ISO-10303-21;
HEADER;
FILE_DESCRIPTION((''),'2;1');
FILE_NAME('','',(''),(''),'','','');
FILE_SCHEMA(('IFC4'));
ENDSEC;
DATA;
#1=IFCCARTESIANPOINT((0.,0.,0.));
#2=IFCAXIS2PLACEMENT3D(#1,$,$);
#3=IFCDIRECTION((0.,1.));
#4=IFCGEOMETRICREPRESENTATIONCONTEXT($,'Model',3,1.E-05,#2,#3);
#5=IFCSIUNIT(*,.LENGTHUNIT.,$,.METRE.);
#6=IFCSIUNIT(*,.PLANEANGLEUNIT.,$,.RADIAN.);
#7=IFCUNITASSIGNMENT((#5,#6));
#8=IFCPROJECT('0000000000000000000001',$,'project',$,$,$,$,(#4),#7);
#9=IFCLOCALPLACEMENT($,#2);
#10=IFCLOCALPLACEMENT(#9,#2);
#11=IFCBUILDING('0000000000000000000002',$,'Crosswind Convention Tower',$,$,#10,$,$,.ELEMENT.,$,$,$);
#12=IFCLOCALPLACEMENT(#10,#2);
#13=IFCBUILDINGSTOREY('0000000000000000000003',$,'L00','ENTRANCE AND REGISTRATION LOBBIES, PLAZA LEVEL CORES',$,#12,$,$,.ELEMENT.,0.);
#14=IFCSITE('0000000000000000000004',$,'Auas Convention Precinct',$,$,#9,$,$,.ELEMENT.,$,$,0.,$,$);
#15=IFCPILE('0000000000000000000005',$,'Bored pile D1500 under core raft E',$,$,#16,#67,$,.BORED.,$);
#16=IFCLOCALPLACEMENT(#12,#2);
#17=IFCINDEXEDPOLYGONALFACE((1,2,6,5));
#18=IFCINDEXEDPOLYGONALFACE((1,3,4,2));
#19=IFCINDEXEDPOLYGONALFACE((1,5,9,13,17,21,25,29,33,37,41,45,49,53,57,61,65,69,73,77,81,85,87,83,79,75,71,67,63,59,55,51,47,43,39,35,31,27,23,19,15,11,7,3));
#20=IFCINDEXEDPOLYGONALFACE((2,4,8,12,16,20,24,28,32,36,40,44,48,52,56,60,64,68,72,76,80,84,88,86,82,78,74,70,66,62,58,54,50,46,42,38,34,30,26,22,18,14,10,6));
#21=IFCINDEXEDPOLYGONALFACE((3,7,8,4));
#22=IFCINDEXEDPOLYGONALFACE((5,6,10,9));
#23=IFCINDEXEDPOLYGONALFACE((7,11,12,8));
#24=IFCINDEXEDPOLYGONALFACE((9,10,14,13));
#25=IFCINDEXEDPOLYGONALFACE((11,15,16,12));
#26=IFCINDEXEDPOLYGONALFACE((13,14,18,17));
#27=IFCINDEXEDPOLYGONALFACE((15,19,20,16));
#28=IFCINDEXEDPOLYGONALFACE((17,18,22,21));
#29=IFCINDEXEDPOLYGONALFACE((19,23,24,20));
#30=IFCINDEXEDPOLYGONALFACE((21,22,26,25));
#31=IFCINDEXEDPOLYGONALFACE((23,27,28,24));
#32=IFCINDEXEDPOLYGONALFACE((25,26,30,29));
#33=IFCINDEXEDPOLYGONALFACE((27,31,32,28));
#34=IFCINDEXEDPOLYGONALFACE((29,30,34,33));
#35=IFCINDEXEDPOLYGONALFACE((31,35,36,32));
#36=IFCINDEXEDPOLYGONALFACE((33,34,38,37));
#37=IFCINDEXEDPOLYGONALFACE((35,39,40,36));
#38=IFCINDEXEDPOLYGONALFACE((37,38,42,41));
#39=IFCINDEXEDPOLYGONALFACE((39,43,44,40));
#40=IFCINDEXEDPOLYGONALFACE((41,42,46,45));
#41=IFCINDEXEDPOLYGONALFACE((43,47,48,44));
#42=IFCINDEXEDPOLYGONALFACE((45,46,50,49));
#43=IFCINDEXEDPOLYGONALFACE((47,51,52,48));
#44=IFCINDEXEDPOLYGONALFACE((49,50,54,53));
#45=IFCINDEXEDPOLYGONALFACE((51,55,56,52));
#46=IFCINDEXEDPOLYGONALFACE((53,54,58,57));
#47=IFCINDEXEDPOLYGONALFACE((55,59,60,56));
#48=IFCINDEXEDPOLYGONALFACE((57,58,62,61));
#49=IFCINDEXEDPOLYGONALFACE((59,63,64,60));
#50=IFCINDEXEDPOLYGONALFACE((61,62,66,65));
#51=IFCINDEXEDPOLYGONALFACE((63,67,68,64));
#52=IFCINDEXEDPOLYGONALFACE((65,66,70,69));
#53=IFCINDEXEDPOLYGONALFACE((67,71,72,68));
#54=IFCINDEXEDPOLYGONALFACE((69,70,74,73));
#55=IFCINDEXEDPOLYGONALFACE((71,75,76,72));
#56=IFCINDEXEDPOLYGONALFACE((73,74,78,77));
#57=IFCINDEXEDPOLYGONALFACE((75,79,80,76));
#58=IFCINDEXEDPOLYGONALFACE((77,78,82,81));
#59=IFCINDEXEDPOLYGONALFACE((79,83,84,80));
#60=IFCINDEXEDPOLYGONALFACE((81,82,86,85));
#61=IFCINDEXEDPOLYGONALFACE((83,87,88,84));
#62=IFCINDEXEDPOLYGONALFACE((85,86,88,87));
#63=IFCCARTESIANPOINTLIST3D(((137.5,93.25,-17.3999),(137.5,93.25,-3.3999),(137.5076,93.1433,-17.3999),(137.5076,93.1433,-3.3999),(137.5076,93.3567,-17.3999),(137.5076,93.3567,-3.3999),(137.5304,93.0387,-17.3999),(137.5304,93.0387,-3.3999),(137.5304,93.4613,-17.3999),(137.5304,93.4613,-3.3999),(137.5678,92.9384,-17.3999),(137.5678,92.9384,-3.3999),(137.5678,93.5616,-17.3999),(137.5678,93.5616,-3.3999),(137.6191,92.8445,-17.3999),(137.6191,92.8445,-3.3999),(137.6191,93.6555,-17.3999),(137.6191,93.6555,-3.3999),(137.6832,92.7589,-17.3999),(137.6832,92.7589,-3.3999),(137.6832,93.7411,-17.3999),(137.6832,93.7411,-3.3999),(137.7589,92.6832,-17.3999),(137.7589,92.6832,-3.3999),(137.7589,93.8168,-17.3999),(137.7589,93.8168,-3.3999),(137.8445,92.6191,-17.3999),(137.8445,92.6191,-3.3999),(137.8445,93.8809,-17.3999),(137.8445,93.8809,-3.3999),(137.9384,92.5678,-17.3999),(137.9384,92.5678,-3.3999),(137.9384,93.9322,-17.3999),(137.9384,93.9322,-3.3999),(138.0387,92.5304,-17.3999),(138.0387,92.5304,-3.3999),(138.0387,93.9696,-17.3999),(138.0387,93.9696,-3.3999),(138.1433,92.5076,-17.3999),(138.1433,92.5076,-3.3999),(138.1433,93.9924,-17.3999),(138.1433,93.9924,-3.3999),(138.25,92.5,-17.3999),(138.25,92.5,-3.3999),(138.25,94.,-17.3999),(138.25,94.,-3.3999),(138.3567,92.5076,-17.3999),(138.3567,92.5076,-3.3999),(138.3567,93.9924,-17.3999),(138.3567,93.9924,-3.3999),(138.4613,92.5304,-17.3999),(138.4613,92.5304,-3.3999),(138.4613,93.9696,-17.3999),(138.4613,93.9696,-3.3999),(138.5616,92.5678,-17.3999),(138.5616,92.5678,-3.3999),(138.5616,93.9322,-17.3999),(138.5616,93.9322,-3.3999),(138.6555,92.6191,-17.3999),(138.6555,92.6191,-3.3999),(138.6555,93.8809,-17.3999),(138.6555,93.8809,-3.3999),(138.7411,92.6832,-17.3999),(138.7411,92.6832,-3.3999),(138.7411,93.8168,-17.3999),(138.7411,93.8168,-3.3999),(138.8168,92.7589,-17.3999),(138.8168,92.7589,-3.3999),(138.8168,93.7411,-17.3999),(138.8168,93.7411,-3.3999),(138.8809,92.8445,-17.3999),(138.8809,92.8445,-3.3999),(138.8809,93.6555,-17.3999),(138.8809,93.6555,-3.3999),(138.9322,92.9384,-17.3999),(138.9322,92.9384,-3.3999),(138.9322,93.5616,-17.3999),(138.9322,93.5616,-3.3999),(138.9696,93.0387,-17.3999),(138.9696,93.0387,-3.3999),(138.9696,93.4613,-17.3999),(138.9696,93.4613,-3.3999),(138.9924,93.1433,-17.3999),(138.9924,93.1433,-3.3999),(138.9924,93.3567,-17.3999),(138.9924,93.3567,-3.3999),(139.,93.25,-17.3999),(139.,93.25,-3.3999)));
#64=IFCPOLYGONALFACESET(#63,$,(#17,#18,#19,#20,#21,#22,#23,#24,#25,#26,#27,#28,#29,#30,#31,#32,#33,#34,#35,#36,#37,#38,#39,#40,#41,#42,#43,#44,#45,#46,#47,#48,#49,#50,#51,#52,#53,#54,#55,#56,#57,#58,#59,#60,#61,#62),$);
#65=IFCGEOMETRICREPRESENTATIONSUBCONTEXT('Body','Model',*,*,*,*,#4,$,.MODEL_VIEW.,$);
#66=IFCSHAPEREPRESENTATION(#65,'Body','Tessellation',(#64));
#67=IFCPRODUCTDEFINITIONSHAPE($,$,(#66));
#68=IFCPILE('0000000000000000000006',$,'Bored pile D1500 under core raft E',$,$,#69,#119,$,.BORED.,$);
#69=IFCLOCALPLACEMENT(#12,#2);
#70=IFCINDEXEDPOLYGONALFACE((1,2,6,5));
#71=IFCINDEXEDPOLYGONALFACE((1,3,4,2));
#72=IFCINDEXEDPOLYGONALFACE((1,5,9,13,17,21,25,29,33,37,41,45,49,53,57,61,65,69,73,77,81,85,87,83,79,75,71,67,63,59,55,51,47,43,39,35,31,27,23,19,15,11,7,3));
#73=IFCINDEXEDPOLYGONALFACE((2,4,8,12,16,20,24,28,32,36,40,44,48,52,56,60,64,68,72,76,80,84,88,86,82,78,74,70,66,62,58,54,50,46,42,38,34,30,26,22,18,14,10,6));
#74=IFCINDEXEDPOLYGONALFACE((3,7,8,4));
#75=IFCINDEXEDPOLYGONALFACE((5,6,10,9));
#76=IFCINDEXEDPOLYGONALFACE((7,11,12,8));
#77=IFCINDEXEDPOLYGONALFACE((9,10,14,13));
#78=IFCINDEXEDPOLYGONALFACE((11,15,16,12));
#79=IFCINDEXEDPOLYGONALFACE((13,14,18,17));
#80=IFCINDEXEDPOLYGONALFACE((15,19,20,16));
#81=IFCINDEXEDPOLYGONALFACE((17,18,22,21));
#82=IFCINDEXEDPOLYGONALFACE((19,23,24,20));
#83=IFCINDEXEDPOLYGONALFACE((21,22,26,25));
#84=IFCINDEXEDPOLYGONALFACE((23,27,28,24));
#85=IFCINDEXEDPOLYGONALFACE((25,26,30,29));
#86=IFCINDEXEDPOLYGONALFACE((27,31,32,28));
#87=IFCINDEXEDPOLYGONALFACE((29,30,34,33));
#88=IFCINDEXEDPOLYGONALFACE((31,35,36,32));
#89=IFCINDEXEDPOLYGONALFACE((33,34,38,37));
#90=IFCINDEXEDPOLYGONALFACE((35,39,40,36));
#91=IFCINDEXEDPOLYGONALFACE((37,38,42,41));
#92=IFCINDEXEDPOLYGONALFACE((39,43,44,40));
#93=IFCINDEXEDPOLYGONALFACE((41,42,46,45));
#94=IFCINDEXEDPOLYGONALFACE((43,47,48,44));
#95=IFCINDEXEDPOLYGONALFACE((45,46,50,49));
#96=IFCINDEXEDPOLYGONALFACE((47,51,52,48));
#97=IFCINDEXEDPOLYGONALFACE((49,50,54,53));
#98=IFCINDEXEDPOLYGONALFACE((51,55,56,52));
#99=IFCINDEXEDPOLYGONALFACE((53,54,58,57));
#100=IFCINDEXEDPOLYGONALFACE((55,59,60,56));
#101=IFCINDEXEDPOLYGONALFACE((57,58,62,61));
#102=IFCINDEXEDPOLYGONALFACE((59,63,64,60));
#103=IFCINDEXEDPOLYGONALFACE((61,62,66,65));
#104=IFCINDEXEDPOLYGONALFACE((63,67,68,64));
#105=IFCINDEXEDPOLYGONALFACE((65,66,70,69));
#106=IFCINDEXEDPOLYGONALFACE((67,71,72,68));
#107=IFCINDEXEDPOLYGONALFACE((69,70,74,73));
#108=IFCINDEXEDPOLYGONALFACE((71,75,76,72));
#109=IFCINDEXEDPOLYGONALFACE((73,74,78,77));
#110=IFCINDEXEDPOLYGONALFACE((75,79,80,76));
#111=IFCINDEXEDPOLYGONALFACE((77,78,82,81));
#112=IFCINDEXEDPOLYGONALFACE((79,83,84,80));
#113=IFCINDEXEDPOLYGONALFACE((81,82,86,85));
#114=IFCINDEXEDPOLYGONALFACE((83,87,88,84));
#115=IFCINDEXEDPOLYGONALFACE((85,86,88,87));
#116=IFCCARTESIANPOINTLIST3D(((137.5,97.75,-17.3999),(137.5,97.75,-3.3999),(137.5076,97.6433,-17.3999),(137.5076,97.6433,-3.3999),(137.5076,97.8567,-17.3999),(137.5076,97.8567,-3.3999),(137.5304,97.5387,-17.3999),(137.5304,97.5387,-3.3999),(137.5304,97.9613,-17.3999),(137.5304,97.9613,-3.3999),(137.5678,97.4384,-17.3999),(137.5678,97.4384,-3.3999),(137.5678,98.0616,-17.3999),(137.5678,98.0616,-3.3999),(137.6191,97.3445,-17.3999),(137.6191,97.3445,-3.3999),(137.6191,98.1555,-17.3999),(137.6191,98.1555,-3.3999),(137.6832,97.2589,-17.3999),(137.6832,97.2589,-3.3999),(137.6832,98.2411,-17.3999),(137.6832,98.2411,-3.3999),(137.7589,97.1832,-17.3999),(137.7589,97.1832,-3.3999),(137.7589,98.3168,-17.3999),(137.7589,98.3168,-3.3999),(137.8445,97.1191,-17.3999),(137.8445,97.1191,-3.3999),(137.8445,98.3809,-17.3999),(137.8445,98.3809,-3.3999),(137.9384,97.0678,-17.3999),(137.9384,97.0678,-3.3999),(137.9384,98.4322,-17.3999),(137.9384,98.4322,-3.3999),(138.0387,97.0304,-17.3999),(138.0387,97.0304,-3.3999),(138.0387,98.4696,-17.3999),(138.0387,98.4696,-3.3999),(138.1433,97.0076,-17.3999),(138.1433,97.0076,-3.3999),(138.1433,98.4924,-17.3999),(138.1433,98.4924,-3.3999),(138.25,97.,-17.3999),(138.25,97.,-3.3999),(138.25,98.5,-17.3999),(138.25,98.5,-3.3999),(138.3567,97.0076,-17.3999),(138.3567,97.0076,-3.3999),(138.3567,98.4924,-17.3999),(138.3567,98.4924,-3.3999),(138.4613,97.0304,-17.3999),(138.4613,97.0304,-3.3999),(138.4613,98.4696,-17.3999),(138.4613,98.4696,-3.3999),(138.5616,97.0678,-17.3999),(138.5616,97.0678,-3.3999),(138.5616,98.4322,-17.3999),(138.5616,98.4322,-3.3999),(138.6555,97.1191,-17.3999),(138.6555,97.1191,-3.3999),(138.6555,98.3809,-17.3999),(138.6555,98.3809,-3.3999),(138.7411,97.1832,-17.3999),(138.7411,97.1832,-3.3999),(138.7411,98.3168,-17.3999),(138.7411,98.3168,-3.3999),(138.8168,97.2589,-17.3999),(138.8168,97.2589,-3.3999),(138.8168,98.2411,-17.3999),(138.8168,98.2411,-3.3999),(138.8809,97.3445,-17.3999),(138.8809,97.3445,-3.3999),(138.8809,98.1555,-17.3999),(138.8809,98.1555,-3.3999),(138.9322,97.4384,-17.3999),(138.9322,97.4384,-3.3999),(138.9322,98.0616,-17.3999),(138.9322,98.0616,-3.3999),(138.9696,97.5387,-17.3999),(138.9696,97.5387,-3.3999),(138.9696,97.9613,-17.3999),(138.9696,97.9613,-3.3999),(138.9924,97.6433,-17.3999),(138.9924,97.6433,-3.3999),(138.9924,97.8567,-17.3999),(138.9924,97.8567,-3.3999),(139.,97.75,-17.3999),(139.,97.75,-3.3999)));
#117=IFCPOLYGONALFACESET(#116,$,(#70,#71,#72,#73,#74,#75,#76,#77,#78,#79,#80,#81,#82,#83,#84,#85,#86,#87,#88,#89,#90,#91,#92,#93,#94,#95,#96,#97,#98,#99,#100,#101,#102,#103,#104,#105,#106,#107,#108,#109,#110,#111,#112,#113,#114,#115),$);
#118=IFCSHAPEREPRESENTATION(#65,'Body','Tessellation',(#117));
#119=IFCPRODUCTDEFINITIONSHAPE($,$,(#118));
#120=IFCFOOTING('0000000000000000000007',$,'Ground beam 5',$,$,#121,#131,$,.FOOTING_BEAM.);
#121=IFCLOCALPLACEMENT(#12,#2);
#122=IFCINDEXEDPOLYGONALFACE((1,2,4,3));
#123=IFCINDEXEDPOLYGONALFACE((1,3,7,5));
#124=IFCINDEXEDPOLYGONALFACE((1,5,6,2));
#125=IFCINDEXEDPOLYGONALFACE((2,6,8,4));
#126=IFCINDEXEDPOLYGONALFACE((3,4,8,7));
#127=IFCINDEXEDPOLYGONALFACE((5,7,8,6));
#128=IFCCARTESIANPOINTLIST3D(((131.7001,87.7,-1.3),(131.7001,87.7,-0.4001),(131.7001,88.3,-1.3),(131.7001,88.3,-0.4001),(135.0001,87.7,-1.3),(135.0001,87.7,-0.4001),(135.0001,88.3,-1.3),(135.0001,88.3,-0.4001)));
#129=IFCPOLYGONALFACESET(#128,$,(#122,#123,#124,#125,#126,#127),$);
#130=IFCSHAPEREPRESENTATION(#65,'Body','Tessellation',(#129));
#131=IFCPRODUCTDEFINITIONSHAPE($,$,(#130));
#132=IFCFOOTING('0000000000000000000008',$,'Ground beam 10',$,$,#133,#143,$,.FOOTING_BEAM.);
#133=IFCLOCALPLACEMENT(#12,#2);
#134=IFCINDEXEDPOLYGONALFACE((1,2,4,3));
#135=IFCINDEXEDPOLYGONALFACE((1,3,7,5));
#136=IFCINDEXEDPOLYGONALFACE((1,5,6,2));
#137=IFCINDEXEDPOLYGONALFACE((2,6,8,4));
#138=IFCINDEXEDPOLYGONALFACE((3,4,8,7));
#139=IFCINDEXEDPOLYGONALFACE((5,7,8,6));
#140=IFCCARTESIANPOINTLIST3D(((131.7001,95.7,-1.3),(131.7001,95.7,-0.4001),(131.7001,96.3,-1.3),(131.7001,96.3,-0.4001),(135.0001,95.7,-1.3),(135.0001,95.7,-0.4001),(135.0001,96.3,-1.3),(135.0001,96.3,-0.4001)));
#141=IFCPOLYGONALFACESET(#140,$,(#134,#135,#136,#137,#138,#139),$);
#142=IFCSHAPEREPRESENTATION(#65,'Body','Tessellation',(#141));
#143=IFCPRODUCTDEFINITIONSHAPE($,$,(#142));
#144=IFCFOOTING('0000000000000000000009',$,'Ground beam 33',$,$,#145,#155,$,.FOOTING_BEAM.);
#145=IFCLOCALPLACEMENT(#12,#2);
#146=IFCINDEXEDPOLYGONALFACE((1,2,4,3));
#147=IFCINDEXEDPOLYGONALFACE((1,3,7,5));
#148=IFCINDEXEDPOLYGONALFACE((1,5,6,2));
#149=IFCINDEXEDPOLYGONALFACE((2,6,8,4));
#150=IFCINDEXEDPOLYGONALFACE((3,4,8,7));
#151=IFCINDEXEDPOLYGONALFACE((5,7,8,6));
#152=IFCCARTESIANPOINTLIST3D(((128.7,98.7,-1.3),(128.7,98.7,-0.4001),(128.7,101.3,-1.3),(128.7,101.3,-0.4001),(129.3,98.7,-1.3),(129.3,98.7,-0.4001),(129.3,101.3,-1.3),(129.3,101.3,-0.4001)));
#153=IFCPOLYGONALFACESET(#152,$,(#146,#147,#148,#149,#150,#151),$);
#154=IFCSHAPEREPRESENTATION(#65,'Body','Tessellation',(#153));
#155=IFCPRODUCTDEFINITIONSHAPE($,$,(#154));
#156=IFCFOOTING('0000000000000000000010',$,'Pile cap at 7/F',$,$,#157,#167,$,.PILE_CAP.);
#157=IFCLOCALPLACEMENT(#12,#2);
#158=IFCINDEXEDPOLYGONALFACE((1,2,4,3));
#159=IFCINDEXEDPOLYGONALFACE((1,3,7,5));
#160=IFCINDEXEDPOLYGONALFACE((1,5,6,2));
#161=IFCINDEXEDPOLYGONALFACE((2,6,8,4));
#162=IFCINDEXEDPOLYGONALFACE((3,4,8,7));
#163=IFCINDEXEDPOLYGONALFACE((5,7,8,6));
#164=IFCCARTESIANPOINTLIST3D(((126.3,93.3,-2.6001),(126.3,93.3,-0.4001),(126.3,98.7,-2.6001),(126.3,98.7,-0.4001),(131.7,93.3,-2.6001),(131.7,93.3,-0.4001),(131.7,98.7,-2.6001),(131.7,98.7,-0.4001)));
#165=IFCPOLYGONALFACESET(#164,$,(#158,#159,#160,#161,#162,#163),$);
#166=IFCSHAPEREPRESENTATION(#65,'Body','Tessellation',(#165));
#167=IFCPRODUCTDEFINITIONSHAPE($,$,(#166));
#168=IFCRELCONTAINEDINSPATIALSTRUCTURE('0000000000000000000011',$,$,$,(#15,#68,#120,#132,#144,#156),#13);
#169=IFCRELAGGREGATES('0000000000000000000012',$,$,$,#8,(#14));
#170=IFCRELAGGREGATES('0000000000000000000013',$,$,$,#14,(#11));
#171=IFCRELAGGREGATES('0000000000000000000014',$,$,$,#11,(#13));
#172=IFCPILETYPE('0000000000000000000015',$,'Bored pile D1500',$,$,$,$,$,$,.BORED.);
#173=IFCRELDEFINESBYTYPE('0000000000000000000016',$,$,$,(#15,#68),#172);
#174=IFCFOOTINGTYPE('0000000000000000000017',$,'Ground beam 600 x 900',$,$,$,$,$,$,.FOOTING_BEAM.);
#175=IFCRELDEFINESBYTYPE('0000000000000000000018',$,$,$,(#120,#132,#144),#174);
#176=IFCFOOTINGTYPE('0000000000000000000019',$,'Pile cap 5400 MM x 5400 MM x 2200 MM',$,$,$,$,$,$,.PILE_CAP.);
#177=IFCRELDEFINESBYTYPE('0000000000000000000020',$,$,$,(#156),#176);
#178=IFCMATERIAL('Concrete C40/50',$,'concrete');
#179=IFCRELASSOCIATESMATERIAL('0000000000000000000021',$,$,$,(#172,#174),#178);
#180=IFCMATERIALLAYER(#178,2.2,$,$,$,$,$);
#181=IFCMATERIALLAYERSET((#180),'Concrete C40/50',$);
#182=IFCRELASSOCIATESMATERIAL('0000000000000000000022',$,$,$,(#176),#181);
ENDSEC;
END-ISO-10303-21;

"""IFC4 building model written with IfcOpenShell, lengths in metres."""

from ifc_helpers import new_model, si_unit, direction, frame, origin, origin_2d, place, context, subcontext, project, spatial, rectangle, circle, extrude, material, layer, layer_set, material_profile, profile_set, type_object, element, save


model = new_model("IFC4")

# Units and contexts
model_context = context("Model", 3, precision=1e-05, world=origin(), true_north=direction((0.0, 1.0)))
body_context = subcontext(model_context, "Body", "Model", "MODEL_VIEW")
ifc_project = project(units=[si_unit("LENGTHUNIT", "METRE"), si_unit("PLANEANGLEUNIT", "RADIAN")], contexts=[model_context])

# Site, building, storey
site_placement = place(None, origin())
site = spatial("IfcSite", under=ifc_project, at=site_placement, Name="Auas Convention Precinct", CompositionType="ELEMENT", RefElevation=0.0)
building_placement = place(site_placement, origin())
building = spatial("IfcBuilding", under=site, at=building_placement, Name="Crosswind Convention Tower", CompositionType="ELEMENT")
storey_placement = place(building_placement, origin())
storey = spatial("IfcBuildingStorey", under=building, at=storey_placement, Name="L00", Description="ENTRANCE AND REGISTRATION LOBBIES, PLAZA LEVEL CORES", CompositionType="ELEMENT", Elevation=0.0)

# Piles
ifc_material_1 = material(Name="Concrete C40/50", Category="concrete")
ifc_material_profile_1 = material_profile(ifc_material_1, circle(Radius=0.75, at=origin_2d()), Name="Bored pile D1500")
ifc_profile_set_1 = profile_set([ifc_material_profile_1], Name="Concrete C40/50")
pile_type_1 = type_object("IfcPileType", Name="Bored pile D1500", PredefinedType="BORED", material=ifc_profile_set_1)
for number, where, z_axis, x_axis, name in (
    (1, (138.25, 93.25, -3.3999), (0.0, 0.0, -1.0), (1.0, 0.0, 0.0), "Bored pile D1500 under core raft E"),
    (2, (138.25, 97.75, -3.3999), (0.0, 0.0, -1.0), (1.0, 0.0, 0.0), "Bored pile D1500 under core raft E"),
):
    element("IfcPile", number, at=place(storey_placement, frame(where, z_axis=z_axis, x_axis=x_axis)), inside=storey, type_object=pile_type_1, Name=name, PredefinedType="BORED", context=body_context, shape_type="SweptSolid", body=[
        extrude(circle(Radius=0.75, at=origin_2d()), origin(), (0.0, 0.0, 1.0), 14.0),
    ])

# Footings
footing_type_1 = type_object("IfcFootingType", Name="Ground beam 600 x 900", PredefinedType="FOOTING_BEAM", material=ifc_material_1)
for number, where, z_axis, x_axis, name in (
    (3, (133.3501, 88.0, -1.3), (0.0, 0.0, 1.0), (1.0, 0.0, 0.0), "Ground beam 5"),
    (4, (133.3501, 96.0, -1.3), (0.0, 0.0, 1.0), (1.0, 0.0, 0.0), "Ground beam 10"),
):
    element("IfcFooting", number, at=place(storey_placement, frame(where, z_axis=z_axis, x_axis=x_axis)), inside=storey, type_object=footing_type_1, Name=name, PredefinedType="FOOTING_BEAM", context=body_context, shape_type="SweptSolid", body=[
        extrude(rectangle(XDim=3.3, YDim=0.6001, at=origin_2d()), origin(), (0.0, 0.0, 1.0), 0.8999),
    ])
footing_1_placement = place(storey_placement, frame((129.0, 100.0, -1.3), z_axis=(0.0, 0.0, 1.0), x_axis=(1.0, 0.0, 0.0)))
element("IfcFooting", 5, at=footing_1_placement, inside=storey, type_object=footing_type_1, Name="Ground beam 33", PredefinedType="FOOTING_BEAM", context=body_context, shape_type="SweptSolid", body=[
    extrude(rectangle(XDim=0.6001, YDim=2.6001, at=origin_2d()), origin(), (0.0, 0.0, 1.0), 0.8999),
])
ifc_layer_1 = layer(ifc_material_1, 2.2)
ifc_layer_set_1 = layer_set([ifc_layer_1], Name="Concrete C40/50")
footing_type_2 = type_object("IfcFootingType", Name="Pile cap 5400 MM x 5400 MM x 2200 MM", PredefinedType="PILE_CAP", material=ifc_layer_set_1)
footing_2_placement = place(storey_placement, frame((129.0, 96.0, -2.6001), z_axis=(0.0, 0.0, 1.0), x_axis=(1.0, 0.0, 0.0)))
element("IfcFooting", 6, at=footing_2_placement, inside=storey, type_object=footing_type_2, Name="Pile cap at 7/F", PredefinedType="PILE_CAP", context=body_context, shape_type="SweptSolid", body=[
    extrude(rectangle(XDim=5.3999, YDim=5.3999, at=origin_2d()), origin(), (0.0, 0.0, 1.0), 2.2),
])

save(model, "model.ifc")
